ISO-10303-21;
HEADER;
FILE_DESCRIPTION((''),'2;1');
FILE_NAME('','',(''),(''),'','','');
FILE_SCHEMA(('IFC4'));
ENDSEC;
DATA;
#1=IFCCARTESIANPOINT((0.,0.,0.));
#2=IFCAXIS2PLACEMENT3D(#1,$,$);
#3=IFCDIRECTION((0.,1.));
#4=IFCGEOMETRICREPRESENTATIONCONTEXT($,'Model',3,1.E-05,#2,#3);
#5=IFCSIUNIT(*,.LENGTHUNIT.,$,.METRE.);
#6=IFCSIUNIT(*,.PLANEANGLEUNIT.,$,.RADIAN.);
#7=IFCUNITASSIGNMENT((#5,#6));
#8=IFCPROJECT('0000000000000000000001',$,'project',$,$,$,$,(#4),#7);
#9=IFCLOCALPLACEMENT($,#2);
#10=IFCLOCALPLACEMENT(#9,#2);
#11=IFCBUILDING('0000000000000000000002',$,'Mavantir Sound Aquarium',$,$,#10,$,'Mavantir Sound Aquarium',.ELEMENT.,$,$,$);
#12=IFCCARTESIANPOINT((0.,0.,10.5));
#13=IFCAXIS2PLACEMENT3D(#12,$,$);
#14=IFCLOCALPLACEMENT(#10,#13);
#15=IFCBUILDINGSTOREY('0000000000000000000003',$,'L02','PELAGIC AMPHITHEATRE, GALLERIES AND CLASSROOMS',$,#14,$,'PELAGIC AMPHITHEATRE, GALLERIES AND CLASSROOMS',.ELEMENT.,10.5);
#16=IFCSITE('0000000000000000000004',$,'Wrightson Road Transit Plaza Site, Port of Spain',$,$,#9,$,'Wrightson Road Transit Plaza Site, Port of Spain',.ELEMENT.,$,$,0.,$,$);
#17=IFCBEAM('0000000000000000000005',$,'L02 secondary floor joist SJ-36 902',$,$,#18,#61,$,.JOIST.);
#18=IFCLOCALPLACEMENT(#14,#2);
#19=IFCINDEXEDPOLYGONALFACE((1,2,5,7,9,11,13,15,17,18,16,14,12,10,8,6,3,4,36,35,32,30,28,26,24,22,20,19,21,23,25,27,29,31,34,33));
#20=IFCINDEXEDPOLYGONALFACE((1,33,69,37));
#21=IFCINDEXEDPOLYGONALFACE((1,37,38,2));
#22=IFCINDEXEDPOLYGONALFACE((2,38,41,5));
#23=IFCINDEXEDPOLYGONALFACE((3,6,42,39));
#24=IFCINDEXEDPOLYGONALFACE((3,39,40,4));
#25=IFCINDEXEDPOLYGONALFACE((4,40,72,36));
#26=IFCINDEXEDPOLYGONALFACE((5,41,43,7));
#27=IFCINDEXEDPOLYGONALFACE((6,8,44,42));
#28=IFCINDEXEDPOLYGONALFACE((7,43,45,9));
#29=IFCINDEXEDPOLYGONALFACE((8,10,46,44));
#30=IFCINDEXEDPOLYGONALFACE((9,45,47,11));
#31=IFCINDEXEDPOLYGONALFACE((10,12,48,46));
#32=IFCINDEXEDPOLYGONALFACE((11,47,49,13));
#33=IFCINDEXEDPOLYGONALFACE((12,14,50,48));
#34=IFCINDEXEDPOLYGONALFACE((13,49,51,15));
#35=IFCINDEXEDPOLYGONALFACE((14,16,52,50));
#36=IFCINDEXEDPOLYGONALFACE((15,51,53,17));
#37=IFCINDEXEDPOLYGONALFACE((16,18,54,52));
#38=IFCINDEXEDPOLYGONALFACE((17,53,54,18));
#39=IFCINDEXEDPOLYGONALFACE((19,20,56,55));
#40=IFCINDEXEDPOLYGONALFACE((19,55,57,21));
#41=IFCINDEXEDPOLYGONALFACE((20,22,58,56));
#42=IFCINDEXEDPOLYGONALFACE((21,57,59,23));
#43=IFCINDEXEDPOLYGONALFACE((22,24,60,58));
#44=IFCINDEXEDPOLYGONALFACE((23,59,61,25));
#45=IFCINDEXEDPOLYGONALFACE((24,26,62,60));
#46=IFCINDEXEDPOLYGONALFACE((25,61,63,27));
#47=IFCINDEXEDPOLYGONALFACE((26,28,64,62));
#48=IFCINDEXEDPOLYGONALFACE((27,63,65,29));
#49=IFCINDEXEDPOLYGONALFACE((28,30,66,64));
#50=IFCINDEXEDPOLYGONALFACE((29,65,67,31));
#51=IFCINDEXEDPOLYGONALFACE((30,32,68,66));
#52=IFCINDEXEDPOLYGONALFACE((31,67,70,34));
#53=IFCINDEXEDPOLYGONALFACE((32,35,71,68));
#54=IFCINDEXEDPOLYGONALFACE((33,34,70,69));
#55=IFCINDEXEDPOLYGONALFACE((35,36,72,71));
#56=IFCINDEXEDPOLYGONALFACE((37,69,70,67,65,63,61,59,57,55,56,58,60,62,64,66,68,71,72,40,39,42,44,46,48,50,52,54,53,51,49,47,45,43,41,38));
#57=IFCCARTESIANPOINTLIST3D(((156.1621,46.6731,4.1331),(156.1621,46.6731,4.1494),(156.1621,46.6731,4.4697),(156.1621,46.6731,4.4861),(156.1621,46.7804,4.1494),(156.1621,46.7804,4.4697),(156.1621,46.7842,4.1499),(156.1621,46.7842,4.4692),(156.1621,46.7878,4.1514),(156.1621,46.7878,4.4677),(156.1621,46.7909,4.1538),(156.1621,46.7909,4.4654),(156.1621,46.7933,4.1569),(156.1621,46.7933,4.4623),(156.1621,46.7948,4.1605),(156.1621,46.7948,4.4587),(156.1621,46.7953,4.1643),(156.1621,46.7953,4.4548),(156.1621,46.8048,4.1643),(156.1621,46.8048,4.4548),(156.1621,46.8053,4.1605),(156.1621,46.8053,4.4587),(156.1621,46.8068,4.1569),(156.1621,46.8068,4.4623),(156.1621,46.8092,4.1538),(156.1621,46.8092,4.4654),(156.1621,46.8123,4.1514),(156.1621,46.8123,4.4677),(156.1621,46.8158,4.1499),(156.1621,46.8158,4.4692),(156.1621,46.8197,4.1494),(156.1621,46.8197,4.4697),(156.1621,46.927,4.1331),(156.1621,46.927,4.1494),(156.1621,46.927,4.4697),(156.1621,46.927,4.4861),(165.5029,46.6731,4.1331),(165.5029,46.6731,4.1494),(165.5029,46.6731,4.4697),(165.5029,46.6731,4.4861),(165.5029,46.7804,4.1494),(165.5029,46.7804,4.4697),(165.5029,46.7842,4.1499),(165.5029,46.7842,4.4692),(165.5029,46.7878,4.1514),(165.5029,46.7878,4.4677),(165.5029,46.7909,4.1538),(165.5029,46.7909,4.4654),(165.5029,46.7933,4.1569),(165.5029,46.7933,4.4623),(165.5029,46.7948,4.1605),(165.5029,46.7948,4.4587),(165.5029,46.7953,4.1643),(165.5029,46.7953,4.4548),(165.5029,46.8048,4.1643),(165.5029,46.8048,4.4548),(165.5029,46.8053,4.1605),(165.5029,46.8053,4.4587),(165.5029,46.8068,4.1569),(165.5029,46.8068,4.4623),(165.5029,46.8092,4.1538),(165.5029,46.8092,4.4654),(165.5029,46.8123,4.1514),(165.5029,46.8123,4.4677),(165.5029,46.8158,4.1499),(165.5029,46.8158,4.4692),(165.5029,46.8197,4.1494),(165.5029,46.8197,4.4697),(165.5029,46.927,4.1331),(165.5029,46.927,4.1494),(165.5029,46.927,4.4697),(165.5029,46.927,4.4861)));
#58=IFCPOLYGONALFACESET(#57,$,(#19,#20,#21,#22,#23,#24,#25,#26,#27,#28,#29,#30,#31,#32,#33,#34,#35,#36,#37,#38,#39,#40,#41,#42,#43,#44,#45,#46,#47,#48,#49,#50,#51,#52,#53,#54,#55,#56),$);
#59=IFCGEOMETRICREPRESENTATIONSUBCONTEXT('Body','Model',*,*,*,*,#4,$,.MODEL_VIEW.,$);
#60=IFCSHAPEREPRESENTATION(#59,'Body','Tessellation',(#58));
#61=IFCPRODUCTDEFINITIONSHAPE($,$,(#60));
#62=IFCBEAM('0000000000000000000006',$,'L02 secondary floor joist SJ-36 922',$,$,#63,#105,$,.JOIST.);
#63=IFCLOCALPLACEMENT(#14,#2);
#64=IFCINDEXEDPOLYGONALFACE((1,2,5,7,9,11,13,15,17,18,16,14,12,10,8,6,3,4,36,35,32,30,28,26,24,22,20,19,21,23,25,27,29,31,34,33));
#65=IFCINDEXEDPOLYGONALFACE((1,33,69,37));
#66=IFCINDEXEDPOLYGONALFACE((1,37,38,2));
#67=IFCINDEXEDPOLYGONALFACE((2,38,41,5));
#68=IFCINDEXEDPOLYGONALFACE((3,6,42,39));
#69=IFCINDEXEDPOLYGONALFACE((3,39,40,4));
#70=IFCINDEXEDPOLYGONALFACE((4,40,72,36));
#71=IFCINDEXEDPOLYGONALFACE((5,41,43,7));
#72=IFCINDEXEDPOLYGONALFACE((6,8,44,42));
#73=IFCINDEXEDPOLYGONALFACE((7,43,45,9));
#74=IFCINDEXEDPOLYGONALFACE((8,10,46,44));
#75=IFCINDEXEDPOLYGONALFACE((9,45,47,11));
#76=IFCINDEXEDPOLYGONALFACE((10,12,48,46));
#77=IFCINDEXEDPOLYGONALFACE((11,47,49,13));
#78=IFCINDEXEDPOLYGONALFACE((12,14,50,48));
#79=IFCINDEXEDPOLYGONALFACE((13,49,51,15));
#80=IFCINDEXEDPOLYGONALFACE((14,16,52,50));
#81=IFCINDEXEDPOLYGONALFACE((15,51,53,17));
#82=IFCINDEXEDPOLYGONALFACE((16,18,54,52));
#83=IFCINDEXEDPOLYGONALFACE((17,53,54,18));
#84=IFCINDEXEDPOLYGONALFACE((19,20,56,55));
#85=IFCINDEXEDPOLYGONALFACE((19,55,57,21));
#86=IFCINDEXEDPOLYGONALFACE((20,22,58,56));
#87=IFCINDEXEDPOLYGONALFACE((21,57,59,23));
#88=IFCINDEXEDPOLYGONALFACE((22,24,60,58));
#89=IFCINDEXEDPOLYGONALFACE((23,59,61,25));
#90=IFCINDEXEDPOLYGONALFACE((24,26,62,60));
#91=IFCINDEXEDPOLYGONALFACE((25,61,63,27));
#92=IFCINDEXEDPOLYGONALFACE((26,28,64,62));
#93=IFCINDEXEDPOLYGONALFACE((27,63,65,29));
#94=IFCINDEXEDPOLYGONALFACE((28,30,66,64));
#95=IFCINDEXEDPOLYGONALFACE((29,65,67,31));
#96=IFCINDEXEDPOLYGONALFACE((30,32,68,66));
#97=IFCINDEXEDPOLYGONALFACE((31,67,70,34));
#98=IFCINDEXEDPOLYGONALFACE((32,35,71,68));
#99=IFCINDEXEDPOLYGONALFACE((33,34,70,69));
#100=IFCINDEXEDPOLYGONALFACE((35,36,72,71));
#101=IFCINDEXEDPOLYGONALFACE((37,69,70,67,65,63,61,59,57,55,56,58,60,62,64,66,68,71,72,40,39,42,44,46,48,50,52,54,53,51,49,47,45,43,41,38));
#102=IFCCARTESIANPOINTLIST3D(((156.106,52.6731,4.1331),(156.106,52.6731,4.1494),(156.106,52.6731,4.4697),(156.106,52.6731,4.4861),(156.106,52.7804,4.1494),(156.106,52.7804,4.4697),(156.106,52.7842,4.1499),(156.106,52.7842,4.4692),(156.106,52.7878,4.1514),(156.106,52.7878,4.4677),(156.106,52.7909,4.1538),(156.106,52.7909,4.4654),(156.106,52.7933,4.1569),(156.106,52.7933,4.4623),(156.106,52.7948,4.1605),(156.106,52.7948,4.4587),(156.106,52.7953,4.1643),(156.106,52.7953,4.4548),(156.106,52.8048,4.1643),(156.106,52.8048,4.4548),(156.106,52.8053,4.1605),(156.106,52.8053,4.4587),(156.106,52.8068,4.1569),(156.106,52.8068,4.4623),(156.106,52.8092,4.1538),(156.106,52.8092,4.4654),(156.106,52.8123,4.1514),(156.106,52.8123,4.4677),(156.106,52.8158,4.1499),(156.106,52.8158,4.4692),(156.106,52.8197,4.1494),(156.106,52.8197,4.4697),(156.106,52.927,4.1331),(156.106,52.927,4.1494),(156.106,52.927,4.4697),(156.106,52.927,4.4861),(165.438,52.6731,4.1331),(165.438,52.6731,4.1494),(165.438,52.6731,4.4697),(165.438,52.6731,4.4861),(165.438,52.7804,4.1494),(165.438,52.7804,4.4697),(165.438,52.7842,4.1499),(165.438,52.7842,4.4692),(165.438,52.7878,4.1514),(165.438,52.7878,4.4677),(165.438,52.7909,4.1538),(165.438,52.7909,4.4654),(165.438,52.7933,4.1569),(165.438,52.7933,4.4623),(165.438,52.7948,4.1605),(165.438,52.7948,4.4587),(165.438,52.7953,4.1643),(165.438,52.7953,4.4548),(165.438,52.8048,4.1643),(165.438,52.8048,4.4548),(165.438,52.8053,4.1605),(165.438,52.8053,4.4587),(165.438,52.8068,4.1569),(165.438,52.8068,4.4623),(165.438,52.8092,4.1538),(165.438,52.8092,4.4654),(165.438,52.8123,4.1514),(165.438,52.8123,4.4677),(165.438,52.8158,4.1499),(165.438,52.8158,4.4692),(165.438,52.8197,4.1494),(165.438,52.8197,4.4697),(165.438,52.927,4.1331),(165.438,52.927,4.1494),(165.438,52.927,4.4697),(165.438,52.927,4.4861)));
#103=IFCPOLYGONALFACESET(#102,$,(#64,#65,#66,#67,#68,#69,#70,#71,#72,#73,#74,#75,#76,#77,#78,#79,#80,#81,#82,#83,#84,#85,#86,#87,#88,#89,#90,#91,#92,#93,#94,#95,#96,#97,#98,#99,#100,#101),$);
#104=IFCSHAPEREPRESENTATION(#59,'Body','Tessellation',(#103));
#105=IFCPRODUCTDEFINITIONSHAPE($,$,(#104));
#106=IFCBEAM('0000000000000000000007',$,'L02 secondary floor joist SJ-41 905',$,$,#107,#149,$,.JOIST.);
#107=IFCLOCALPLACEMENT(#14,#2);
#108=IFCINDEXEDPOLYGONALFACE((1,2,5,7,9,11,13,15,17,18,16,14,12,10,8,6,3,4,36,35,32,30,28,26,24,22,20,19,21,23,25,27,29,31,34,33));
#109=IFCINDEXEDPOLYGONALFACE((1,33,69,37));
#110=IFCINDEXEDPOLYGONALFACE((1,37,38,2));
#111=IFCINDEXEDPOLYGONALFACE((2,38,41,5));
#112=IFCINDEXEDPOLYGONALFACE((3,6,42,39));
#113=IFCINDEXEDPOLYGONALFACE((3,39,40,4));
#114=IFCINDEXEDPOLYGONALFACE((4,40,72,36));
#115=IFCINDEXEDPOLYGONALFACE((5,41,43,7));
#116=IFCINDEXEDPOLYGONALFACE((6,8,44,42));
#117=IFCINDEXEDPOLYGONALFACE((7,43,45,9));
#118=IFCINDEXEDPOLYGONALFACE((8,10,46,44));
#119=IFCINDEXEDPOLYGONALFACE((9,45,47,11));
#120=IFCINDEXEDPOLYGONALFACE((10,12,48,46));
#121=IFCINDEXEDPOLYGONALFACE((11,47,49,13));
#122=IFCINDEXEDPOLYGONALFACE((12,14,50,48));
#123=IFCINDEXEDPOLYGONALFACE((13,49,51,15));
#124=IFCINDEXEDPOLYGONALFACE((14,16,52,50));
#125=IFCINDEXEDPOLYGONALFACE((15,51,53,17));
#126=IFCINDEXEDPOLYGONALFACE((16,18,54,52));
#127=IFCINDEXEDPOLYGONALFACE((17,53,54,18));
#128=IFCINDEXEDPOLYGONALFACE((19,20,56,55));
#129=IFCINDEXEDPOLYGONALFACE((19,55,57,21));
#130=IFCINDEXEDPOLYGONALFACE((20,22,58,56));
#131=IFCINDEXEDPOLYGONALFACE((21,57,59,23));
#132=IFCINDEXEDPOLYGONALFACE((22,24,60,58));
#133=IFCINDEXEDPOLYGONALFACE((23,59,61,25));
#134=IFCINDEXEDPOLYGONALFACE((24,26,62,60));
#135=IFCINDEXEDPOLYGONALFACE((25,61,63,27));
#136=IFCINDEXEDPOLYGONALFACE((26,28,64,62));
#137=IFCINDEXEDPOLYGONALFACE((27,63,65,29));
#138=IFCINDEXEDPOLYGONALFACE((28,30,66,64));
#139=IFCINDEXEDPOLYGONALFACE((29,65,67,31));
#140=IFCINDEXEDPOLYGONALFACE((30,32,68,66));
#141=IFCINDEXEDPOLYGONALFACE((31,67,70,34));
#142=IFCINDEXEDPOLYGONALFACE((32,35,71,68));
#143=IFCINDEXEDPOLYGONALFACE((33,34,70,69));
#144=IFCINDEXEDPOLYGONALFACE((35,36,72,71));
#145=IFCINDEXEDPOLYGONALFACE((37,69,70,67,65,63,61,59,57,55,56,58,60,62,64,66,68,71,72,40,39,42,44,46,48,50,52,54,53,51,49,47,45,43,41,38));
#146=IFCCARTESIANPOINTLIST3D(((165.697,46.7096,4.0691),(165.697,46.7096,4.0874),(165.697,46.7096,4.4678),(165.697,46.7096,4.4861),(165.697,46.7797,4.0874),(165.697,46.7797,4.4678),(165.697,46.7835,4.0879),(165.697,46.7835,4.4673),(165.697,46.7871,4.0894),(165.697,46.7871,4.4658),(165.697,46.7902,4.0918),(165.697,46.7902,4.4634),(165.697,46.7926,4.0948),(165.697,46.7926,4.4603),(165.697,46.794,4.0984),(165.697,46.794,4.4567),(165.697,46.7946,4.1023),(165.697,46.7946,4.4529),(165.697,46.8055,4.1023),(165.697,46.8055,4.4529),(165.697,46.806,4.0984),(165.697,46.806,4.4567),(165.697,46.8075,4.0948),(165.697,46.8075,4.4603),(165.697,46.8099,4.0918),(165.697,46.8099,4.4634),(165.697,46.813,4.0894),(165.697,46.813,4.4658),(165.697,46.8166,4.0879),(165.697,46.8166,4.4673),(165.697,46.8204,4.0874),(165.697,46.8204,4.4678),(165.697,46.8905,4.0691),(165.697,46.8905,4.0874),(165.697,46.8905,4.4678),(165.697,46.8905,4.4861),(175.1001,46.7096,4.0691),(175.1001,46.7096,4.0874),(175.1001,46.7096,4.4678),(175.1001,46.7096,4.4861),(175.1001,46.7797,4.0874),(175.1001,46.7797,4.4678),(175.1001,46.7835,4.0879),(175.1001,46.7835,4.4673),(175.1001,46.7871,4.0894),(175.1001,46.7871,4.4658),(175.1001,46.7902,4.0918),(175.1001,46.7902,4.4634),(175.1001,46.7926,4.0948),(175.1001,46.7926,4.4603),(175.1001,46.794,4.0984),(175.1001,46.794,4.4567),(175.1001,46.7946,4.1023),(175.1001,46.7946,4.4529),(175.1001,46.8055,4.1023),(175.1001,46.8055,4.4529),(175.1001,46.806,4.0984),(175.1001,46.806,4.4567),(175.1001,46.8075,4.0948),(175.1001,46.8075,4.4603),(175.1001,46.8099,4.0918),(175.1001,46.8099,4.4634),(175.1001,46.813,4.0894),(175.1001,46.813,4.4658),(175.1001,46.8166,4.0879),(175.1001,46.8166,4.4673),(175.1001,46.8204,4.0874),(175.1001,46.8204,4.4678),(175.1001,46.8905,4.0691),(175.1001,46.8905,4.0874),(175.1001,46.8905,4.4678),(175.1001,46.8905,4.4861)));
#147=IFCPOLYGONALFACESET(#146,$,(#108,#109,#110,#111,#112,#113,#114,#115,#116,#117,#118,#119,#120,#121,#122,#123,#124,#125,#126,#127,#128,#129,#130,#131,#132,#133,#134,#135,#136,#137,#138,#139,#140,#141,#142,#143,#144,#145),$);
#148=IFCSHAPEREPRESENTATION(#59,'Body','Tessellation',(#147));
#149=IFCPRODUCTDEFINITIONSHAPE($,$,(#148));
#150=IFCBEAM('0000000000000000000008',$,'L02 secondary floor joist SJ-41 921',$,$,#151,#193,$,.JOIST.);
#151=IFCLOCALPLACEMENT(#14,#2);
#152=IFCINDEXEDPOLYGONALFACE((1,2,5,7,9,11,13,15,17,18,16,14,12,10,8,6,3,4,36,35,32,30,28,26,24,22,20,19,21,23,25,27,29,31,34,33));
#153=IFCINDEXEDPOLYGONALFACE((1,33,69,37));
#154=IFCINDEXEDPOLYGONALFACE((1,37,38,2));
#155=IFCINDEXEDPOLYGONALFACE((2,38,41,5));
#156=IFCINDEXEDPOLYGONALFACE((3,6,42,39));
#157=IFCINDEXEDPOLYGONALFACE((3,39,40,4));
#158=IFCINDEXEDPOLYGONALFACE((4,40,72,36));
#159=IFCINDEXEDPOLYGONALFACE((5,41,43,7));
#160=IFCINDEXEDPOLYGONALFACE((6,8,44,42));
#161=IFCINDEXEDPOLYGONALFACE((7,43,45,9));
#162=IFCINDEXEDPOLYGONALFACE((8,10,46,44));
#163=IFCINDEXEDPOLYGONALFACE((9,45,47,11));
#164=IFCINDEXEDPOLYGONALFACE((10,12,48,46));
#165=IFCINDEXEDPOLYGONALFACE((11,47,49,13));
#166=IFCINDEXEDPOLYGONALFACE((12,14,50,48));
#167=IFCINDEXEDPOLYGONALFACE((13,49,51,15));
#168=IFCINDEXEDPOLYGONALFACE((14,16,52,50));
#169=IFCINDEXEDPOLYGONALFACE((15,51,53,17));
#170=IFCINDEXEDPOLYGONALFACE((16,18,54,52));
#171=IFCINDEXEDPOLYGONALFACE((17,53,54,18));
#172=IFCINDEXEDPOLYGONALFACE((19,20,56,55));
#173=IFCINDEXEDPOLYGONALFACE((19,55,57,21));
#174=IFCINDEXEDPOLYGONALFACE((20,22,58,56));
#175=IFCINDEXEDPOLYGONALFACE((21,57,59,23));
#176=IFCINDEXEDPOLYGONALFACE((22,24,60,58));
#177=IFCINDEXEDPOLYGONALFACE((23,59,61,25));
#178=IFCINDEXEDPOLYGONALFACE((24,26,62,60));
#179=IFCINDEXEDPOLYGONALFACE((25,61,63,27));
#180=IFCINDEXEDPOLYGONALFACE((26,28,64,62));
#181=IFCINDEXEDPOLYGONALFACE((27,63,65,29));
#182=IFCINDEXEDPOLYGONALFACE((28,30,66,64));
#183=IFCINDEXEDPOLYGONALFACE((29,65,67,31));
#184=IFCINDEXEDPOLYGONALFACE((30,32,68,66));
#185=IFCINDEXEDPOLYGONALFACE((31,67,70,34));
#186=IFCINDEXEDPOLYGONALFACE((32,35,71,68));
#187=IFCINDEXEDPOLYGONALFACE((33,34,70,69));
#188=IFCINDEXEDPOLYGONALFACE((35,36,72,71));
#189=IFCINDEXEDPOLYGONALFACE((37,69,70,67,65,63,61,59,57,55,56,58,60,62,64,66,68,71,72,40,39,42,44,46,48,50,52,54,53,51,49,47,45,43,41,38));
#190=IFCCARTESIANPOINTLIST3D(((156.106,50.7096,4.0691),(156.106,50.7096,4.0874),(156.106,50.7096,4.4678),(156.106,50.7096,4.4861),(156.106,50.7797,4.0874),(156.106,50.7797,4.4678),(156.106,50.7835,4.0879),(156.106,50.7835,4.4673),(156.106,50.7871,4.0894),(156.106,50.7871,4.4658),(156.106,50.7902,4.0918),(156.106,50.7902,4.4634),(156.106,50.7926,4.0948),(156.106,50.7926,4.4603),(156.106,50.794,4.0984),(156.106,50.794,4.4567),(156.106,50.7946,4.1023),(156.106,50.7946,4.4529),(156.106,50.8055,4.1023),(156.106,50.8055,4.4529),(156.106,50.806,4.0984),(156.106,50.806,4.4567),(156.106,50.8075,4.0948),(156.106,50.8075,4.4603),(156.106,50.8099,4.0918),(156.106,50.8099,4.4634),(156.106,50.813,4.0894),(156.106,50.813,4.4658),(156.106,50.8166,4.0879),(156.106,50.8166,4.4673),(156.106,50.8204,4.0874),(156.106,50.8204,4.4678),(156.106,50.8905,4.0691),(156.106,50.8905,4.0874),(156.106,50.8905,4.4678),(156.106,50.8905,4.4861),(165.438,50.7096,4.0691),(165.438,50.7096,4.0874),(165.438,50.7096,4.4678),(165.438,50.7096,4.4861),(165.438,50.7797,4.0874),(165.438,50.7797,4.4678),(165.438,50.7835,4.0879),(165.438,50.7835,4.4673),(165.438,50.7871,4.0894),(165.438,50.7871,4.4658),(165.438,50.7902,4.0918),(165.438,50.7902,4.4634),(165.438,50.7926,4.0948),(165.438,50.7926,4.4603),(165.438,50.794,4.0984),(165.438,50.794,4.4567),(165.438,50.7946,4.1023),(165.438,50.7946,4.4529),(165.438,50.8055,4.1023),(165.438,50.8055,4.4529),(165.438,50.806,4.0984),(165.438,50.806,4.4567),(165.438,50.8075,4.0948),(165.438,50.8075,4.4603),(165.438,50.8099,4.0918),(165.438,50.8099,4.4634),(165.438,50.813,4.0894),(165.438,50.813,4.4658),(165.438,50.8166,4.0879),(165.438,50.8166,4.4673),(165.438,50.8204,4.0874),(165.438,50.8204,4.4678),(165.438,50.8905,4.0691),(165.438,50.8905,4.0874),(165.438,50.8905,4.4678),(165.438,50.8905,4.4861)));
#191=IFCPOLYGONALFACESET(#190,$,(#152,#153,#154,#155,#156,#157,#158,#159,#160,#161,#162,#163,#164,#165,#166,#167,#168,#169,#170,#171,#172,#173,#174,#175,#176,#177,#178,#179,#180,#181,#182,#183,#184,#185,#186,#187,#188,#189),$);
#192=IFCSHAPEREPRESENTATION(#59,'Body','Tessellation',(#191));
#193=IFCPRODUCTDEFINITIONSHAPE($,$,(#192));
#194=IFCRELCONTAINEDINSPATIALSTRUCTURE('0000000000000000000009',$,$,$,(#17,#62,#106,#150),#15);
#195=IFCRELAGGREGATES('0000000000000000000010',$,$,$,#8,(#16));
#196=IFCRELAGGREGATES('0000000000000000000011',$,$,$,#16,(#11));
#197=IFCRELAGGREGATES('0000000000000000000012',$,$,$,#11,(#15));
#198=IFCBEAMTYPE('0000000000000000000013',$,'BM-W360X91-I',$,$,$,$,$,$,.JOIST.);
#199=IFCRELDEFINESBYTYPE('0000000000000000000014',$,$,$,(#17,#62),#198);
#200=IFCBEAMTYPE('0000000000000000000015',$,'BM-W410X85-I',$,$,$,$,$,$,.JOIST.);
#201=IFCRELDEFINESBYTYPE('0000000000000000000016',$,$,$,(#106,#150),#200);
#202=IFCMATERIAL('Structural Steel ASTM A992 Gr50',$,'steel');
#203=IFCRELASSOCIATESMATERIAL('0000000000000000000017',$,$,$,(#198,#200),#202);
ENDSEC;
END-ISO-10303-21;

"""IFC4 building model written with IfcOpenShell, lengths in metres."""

from ifc_helpers import new_model, si_unit, direction, frame, origin, origin_2d, place, context, subcontext, project, spatial, i_section, extrude, material, material_profile, profile_set, type_object, element, save


model = new_model("IFC4")

# Units and contexts
model_context = context("Model", 3, precision=1e-05, world=origin(), true_north=direction((0.0, 1.0)))
body_context = subcontext(model_context, "Body", "Model", "MODEL_VIEW")
ifc_project = project(units=[si_unit("LENGTHUNIT", "METRE"), si_unit("PLANEANGLEUNIT", "RADIAN")], contexts=[model_context])

# Site, building, storey
site_placement = place(None, origin())
site = spatial("IfcSite", under=ifc_project, at=site_placement, Name="Wrightson Road Transit Plaza Site, Port of Spain", LongName="Wrightson Road Transit Plaza Site, Port of Spain", CompositionType="ELEMENT", RefElevation=0.0)
building_placement = place(site_placement, origin())
building = spatial("IfcBuilding", under=site, at=building_placement, Name="Mavantir Sound Aquarium", LongName="Mavantir Sound Aquarium", CompositionType="ELEMENT")
storey_placement = place(building_placement, frame((0.0, 0.0, 10.5)))
storey = spatial("IfcBuildingStorey", under=building, at=storey_placement, Name="L02", Description="PELAGIC AMPHITHEATRE, GALLERIES AND CLASSROOMS", LongName="PELAGIC AMPHITHEATRE, GALLERIES AND CLASSROOMS", CompositionType="ELEMENT", Elevation=10.5)

# Beams
ifc_material_1 = material(Name="Structural Steel ASTM A992 Gr50", Category="steel")
ifc_material_profile_1 = material_profile(ifc_material_1, i_section(OverallWidth=0.2539, OverallDepth=0.353, WebThickness=0.0095, FlangeThickness=0.0164, FilletRadius=0.0149, at=origin_2d()), Name="W360X91")
ifc_profile_set_1 = profile_set([ifc_material_profile_1], Name="Structural Steel ASTM A992 Gr50")
beam_type_1 = type_object("IfcBeamType", Name="BM-W360X91-I", PredefinedType="JOIST", material=ifc_profile_set_1)
beam_1_placement = place(storey_placement, frame((156.1621, 46.8, 4.3096), z_axis=(1.0, 0.0, 0.0), x_axis=(0.0, 1.0, 0.0)))
element("IfcBeam", 1, at=beam_1_placement, inside=storey, type_object=beam_type_1, Name="L02 secondary floor joist SJ-36 902", PredefinedType="JOIST", context=body_context, shape_type="SweptSolid", body=[
    extrude(i_section(OverallWidth=0.2539, OverallDepth=0.353, WebThickness=0.0095, FlangeThickness=0.0164, FilletRadius=0.0149, at=origin_2d()), origin(), (0.0, 0.0, 1.0), 9.3408),
])
beam_2_placement = place(storey_placement, frame((156.106, 52.8, 4.3096), z_axis=(1.0, 0.0, 0.0), x_axis=(0.0, 1.0, 0.0)))
element("IfcBeam", 2, at=beam_2_placement, inside=storey, type_object=beam_type_1, Name="L02 secondary floor joist SJ-36 922", PredefinedType="JOIST", context=body_context, shape_type="SweptSolid", body=[
    extrude(i_section(OverallWidth=0.2539, OverallDepth=0.353, WebThickness=0.0095, FlangeThickness=0.0164, FilletRadius=0.0149, at=origin_2d()), origin(), (0.0, 0.0, 1.0), 9.332),
])
ifc_material_profile_2 = material_profile(ifc_material_1, i_section(OverallWidth=0.1809, OverallDepth=0.417, WebThickness=0.011, FlangeThickness=0.0183, FilletRadius=0.0149, at=origin_2d()), Name="W410X85")
ifc_profile_set_2 = profile_set([ifc_material_profile_2], Name="Structural Steel ASTM A992 Gr50")
beam_type_2 = type_object("IfcBeamType", Name="BM-W410X85-I", PredefinedType="JOIST", material=ifc_profile_set_2)
beam_3_placement = place(storey_placement, frame((165.697, 46.8, 4.2776), z_axis=(1.0, 0.0, 0.0), x_axis=(0.0, 1.0, 0.0)))
element("IfcBeam", 3, at=beam_3_placement, inside=storey, type_object=beam_type_2, Name="L02 secondary floor joist SJ-41 905", PredefinedType="JOIST", context=body_context, shape_type="SweptSolid", body=[
    extrude(i_section(OverallWidth=0.1809, OverallDepth=0.417, WebThickness=0.011, FlangeThickness=0.0183, FilletRadius=0.0149, at=origin_2d()), origin(), (0.0, 0.0, 1.0), 9.4031),
])
beam_4_placement = place(storey_placement, frame((156.106, 50.8, 4.2776), z_axis=(1.0, 0.0, 0.0), x_axis=(0.0, 1.0, 0.0)))
element("IfcBeam", 4, at=beam_4_placement, inside=storey, type_object=beam_type_2, Name="L02 secondary floor joist SJ-41 921", PredefinedType="JOIST", context=body_context, shape_type="SweptSolid", body=[
    extrude(i_section(OverallWidth=0.1809, OverallDepth=0.417, WebThickness=0.011, FlangeThickness=0.0183, FilletRadius=0.0149, at=origin_2d()), origin(), (0.0, 0.0, 1.0), 9.332),
])

save(model, "model.ifc")
